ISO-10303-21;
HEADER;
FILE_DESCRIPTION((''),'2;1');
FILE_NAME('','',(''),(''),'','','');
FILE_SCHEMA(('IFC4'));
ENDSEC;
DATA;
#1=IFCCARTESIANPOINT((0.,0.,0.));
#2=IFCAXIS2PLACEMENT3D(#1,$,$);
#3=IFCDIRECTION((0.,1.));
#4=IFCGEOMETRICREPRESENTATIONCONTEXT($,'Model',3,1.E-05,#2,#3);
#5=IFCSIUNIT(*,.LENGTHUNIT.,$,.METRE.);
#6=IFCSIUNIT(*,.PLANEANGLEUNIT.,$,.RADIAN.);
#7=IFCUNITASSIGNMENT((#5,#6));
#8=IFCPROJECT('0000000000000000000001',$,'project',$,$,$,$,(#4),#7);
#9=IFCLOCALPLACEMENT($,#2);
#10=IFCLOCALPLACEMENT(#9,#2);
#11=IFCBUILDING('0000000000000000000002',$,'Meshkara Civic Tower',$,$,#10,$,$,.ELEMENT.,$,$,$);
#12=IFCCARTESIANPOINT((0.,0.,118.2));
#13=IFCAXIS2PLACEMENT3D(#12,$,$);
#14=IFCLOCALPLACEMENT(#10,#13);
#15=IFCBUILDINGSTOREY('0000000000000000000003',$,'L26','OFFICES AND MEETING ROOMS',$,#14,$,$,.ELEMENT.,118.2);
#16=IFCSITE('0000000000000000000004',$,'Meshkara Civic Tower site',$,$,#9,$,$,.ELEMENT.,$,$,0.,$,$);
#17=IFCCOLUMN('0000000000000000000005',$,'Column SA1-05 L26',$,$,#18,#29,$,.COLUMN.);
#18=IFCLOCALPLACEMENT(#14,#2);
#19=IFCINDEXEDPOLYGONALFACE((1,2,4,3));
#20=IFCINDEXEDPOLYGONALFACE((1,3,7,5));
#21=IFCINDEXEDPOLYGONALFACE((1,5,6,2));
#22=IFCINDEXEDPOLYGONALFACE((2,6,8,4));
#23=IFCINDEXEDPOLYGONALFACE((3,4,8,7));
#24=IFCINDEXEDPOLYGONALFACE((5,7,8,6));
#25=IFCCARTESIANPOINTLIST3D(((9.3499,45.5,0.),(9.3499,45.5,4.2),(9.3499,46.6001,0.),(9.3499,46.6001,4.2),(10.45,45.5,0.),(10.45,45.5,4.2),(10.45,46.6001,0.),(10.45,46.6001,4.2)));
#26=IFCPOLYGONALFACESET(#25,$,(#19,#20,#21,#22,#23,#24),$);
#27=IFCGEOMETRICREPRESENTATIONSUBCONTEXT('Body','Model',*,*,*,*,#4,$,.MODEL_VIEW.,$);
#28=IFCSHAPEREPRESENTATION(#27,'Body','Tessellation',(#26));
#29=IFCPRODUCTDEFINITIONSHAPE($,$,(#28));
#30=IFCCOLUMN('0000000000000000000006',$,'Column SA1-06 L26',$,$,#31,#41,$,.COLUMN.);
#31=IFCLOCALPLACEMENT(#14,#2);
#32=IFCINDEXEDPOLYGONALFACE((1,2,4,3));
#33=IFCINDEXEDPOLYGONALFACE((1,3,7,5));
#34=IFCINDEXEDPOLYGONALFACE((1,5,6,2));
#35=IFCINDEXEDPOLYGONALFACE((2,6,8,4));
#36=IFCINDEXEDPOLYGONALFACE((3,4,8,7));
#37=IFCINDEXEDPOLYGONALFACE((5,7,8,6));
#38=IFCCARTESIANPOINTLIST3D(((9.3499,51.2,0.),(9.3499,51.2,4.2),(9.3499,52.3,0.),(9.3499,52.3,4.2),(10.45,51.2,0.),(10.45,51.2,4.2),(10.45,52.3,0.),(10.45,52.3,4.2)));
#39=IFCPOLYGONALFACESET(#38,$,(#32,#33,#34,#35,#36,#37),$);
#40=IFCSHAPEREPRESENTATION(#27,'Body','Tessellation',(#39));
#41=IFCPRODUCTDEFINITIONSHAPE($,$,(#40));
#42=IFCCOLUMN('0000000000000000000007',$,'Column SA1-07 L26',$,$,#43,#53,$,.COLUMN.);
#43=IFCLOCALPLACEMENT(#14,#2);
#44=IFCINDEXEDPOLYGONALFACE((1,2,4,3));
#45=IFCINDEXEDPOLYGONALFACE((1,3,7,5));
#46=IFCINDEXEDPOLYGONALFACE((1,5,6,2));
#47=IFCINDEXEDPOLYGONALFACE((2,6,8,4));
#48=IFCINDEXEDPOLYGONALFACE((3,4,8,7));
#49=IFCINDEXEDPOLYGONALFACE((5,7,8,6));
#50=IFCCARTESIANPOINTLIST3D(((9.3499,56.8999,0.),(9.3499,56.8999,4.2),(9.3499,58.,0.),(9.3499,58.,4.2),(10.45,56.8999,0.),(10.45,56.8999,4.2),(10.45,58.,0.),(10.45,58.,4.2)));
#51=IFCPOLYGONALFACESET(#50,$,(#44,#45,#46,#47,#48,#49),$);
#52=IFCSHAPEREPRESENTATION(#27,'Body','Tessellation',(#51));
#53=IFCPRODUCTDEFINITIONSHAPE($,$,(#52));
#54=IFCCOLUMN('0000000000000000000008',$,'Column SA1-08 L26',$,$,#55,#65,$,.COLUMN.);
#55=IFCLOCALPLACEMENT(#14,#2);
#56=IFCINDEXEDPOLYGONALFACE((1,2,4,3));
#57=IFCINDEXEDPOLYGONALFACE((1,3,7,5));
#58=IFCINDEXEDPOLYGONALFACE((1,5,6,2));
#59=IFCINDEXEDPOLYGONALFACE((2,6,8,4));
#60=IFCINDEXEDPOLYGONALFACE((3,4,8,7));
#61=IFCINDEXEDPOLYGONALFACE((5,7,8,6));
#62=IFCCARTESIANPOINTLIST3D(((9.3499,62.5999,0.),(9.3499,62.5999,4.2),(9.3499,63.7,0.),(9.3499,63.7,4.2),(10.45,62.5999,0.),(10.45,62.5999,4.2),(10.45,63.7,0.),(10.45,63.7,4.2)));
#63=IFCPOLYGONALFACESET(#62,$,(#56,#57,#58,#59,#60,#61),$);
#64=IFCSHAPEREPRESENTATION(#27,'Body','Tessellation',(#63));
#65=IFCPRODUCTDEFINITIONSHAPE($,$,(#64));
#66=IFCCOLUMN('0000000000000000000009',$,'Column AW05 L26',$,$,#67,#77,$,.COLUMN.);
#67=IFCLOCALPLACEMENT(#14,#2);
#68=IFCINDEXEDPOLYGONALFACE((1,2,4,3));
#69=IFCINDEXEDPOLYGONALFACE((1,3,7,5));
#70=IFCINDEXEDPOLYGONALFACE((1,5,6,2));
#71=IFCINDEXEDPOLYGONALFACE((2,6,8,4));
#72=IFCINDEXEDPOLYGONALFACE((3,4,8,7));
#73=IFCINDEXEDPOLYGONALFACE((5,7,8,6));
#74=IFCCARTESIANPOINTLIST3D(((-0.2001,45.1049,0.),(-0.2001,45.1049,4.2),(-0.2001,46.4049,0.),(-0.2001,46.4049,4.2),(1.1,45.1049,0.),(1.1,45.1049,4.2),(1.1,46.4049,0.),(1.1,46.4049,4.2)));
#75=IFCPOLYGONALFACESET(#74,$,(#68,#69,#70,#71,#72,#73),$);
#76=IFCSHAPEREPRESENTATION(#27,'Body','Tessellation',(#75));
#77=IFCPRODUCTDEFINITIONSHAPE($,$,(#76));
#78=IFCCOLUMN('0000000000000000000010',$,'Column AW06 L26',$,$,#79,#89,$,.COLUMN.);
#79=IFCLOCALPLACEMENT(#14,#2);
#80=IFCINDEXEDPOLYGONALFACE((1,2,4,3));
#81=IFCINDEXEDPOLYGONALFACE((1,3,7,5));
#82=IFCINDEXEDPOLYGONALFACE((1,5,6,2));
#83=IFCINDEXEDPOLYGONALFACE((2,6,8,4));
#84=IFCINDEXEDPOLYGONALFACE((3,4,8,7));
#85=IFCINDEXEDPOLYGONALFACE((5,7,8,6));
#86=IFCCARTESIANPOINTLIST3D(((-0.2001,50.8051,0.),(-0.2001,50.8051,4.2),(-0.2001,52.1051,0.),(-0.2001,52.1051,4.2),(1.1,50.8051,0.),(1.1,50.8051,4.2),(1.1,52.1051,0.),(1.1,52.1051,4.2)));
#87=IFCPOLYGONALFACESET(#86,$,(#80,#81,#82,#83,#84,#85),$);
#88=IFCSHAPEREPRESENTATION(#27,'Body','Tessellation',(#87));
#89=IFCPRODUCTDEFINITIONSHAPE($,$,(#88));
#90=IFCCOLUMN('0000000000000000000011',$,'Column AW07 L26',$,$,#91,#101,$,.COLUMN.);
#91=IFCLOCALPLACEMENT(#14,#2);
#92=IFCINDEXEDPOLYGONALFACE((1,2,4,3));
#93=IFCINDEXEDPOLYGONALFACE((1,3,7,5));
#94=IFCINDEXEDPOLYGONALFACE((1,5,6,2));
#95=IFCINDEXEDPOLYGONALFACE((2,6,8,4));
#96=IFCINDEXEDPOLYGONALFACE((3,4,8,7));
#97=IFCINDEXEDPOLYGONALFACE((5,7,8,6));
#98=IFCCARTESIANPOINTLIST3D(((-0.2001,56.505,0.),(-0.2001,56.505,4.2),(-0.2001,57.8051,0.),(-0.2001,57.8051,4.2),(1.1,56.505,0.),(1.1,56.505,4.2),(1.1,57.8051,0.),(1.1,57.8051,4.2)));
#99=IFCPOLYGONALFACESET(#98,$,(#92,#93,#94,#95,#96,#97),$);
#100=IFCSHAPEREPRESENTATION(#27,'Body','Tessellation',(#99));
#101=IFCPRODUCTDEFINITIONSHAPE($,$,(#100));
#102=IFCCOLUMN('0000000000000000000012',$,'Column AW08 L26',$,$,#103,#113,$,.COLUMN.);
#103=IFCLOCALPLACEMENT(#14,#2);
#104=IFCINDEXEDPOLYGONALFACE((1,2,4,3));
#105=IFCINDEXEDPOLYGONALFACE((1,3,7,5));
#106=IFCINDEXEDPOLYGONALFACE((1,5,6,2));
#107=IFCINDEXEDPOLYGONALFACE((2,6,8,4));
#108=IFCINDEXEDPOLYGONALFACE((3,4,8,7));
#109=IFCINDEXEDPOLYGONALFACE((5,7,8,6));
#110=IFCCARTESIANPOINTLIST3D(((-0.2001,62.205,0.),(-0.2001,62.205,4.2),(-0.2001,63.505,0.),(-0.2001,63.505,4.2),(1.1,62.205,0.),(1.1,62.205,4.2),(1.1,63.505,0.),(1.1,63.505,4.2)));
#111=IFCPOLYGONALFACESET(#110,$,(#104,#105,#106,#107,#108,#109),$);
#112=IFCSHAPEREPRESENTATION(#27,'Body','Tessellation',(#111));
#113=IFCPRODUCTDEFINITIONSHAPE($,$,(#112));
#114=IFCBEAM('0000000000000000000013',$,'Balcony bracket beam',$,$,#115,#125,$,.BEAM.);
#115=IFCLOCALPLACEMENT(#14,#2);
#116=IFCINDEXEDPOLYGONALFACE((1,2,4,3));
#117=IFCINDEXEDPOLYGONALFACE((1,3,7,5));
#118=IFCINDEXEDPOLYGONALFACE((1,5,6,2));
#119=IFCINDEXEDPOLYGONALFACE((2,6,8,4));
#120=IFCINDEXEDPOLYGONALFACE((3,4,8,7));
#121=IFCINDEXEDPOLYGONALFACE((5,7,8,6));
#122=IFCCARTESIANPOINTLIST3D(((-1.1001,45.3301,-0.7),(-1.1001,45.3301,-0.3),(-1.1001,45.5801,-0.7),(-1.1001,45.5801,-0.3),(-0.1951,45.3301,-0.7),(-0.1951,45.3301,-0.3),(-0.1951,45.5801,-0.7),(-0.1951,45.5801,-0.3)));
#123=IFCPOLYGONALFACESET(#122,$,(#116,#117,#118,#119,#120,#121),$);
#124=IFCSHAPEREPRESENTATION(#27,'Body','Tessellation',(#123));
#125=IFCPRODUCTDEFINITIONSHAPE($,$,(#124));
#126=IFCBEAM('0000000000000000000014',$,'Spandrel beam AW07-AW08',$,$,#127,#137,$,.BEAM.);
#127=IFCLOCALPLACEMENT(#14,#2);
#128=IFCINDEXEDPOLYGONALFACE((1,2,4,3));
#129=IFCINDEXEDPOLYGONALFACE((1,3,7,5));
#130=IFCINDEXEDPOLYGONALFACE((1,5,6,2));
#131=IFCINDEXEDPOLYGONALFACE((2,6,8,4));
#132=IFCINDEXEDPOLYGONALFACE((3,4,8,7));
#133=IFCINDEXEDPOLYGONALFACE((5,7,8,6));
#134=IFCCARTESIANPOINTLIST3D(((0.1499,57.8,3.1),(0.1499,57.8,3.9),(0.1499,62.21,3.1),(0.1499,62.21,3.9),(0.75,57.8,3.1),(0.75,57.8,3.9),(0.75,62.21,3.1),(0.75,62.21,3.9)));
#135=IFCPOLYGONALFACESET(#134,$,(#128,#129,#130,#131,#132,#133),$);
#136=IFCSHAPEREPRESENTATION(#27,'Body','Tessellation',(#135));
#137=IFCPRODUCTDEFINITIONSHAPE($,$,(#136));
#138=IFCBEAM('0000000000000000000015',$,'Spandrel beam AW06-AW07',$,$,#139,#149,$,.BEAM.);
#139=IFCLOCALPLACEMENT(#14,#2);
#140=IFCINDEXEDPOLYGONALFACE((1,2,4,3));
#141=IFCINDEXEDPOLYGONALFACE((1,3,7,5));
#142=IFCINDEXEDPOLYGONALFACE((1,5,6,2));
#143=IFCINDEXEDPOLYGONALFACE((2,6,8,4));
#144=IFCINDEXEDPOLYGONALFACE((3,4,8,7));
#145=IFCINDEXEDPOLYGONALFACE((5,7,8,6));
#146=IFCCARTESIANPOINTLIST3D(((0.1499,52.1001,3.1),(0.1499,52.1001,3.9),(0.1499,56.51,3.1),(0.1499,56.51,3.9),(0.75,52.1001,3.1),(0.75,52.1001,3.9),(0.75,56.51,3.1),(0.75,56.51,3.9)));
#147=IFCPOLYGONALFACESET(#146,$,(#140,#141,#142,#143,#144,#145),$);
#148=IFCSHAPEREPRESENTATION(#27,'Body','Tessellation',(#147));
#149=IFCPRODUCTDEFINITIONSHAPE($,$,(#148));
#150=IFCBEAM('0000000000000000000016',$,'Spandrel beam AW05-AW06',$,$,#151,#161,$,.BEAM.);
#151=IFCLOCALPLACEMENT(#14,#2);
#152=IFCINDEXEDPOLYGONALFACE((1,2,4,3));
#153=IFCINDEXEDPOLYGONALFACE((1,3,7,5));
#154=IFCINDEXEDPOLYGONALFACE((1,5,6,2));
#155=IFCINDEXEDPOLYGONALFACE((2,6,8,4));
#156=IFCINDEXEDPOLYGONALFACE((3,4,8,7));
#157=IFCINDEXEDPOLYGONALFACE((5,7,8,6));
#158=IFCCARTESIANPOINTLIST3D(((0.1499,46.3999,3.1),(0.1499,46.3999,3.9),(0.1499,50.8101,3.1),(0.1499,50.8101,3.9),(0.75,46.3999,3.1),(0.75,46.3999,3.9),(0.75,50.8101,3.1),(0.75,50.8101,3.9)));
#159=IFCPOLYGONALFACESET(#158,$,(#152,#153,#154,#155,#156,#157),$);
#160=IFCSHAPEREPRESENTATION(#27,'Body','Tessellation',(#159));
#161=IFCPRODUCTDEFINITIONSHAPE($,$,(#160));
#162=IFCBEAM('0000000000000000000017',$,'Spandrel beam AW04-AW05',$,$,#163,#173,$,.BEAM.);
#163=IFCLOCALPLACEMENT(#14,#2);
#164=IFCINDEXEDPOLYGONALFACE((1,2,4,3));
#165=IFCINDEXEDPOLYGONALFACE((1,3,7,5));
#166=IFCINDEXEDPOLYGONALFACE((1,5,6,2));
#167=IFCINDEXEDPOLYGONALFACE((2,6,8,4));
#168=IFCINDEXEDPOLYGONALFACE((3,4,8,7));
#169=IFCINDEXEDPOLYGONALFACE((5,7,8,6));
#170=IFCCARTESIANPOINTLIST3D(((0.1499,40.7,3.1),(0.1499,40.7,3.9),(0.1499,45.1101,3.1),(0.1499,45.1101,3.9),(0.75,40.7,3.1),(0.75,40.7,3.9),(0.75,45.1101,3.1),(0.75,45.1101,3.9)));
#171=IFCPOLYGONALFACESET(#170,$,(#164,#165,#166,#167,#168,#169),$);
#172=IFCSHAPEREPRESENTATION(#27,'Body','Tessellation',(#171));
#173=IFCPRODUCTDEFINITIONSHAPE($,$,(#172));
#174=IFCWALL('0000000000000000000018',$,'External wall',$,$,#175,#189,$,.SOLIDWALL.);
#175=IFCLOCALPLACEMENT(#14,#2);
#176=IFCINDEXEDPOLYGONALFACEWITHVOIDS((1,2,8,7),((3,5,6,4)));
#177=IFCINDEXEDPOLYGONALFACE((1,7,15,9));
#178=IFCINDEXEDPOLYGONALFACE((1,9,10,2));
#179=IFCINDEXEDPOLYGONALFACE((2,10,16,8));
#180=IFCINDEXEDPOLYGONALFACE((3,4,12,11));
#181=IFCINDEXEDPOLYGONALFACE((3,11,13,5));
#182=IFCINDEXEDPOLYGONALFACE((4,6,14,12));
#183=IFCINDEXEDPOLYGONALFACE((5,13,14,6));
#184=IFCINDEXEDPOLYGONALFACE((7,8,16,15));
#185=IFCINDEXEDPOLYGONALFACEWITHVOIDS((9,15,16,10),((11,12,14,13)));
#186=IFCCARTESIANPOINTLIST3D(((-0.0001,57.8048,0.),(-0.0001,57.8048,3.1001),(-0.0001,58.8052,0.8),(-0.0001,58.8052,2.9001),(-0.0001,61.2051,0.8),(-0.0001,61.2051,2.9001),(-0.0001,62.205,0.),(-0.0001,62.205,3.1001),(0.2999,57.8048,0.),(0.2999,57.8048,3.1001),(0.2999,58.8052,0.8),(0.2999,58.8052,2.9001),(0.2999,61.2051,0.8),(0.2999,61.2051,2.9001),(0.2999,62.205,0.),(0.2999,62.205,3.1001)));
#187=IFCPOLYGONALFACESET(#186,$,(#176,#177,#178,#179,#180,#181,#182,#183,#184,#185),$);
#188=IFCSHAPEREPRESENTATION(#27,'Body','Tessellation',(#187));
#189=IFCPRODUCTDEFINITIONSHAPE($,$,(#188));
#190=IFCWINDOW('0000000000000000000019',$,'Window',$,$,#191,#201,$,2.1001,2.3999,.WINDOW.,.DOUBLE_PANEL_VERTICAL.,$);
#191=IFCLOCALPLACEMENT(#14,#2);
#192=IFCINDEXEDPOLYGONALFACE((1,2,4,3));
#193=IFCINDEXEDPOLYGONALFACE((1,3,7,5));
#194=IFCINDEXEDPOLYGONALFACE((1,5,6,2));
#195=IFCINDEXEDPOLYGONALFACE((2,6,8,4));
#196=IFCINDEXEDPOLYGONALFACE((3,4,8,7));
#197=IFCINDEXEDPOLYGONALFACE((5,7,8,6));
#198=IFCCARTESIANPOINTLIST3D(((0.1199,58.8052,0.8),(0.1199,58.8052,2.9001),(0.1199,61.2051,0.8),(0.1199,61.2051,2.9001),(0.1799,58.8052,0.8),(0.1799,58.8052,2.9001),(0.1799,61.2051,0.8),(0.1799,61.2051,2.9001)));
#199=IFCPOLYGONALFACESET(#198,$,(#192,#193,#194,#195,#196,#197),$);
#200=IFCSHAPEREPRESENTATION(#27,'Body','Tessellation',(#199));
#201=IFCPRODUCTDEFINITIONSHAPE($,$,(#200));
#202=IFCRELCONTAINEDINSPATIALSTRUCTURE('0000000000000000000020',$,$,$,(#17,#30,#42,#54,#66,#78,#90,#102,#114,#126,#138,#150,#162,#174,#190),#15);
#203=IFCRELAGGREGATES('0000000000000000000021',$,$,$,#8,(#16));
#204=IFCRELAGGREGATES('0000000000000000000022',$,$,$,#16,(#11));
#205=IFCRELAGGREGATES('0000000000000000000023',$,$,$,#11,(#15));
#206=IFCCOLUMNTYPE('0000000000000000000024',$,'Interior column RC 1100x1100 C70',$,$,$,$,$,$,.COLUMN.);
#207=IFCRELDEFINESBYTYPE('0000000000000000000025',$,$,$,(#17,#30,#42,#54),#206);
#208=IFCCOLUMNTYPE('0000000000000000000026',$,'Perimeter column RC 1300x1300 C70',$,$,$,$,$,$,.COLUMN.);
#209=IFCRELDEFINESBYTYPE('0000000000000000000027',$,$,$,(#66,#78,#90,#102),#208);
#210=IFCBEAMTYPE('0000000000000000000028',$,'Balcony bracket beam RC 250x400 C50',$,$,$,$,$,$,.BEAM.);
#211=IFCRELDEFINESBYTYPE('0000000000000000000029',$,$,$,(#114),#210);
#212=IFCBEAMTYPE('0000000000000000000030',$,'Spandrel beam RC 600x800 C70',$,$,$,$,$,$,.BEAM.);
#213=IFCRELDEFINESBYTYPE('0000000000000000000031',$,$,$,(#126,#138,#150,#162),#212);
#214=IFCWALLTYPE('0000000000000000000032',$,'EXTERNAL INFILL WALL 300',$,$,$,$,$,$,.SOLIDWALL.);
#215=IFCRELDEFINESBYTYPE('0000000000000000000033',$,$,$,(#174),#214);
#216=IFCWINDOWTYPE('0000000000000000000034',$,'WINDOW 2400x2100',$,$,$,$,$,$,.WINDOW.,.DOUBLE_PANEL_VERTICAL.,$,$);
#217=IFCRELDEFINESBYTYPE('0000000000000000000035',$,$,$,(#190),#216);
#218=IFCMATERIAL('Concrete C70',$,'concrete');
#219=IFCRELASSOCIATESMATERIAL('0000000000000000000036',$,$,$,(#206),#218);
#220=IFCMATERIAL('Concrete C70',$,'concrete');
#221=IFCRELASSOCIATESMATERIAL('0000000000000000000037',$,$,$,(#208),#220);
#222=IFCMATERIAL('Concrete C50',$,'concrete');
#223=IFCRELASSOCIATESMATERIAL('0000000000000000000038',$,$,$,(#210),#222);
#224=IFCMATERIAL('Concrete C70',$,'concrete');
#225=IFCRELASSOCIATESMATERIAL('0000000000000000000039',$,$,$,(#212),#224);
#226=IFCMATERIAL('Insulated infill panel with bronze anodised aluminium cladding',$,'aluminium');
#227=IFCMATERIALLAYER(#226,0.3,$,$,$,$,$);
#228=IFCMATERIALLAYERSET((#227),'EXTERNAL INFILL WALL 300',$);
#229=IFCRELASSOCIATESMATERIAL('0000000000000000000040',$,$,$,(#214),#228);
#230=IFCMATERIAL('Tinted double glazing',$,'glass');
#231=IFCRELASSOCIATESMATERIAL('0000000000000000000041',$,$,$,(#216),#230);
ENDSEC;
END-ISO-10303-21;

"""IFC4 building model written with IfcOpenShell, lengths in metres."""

from ifc_helpers import new_model, si_unit, direction, frame, frame_2d, origin, origin_2d, place, context, subcontext, project, spatial, rectangle, extrude, material, layer, layer_set, material_profile, profile_set, type_object, element, fill, save


model = new_model("IFC4")

# Units and contexts
model_context = context("Model", 3, precision=1e-05, world=origin(), true_north=direction((0.0, 1.0)))
body_context = subcontext(model_context, "Body", "Model", "MODEL_VIEW")
ifc_project = project(units=[si_unit("LENGTHUNIT", "METRE"), si_unit("PLANEANGLEUNIT", "RADIAN")], contexts=[model_context])

# Site, building, storey
site_placement = place(None, origin())
site = spatial("IfcSite", under=ifc_project, at=site_placement, Name="Meshkara Civic Tower site", CompositionType="ELEMENT", RefElevation=0.0)
building_placement = place(site_placement, origin())
building = spatial("IfcBuilding", under=site, at=building_placement, Name="Meshkara Civic Tower", CompositionType="ELEMENT")
storey_placement = place(building_placement, frame((0.0, 0.0, 118.2)))
storey = spatial("IfcBuildingStorey", under=building, at=storey_placement, Name="L26", Description="OFFICES AND MEETING ROOMS", CompositionType="ELEMENT", Elevation=118.2)

# Columns
ifc_material_1 = material(Name="Concrete C70", Category="concrete")
ifc_material_profile_1 = material_profile(ifc_material_1, rectangle(XDim=1.1001, YDim=1.1001, at=origin_2d()))
ifc_profile_set_1 = profile_set([ifc_material_profile_1], Name="Concrete C70")
column_type_1 = type_object("IfcColumnType", Name="Interior column RC 1100x1100 C70", PredefinedType="COLUMN", material=ifc_profile_set_1)
for number, where, z_axis, x_axis, name in (
    (1, (9.8999, 46.05, 0.0), (0.0, 0.0, 1.0), (1.0, 0.0, 0.0), "Column SA1-05 L26"),
    (2, (9.8999, 51.75, 0.0), (0.0, 0.0, 1.0), (1.0, 0.0, 0.0), "Column SA1-06 L26"),
    (3, (9.8999, 57.45, 0.0), (0.0, 0.0, 1.0), (1.0, 0.0, 0.0), "Column SA1-07 L26"),
    (4, (9.8999, 63.1499, 0.0), (0.0, 0.0, 1.0), (1.0, 0.0, 0.0), "Column SA1-08 L26"),
):
    element("IfcColumn", number, at=place(storey_placement, frame(where, z_axis=z_axis, x_axis=x_axis)), inside=storey, type_object=column_type_1, Name=name, PredefinedType="COLUMN", context=body_context, shape_type="SweptSolid", body=[
        extrude(rectangle(XDim=1.1001, YDim=1.1001, at=origin_2d()), origin(), (0.0, 0.0, 1.0), 4.2),
    ])
ifc_material_2 = material(Name="Concrete C70", Category="concrete")
ifc_material_profile_2 = material_profile(ifc_material_2, rectangle(XDim=1.3, YDim=1.3, at=origin_2d()))
ifc_profile_set_2 = profile_set([ifc_material_profile_2], Name="Concrete C70")
column_type_2 = type_object("IfcColumnType", Name="Perimeter column RC 1300x1300 C70", PredefinedType="COLUMN", material=ifc_profile_set_2)
for number, where, z_axis, x_axis, name in (
    (5, (0.45, 45.7549, 0.0), (0.0, 0.0, 1.0), (1.0, 0.0, 0.0), "Column AW05 L26"),
    (6, (0.45, 51.4551, 0.0), (0.0, 0.0, 1.0), (1.0, 0.0, 0.0), "Column AW06 L26"),
    (7, (0.45, 57.155, 0.0), (0.0, 0.0, 1.0), (1.0, 0.0, 0.0), "Column AW07 L26"),
    (8, (0.45, 62.855, 0.0), (0.0, 0.0, 1.0), (1.0, 0.0, 0.0), "Column AW08 L26"),
):
    element("IfcColumn", number, at=place(storey_placement, frame(where, z_axis=z_axis, x_axis=x_axis)), inside=storey, type_object=column_type_2, Name=name, PredefinedType="COLUMN", context=body_context, shape_type="SweptSolid", body=[
        extrude(rectangle(XDim=1.3, YDim=1.3, at=origin_2d()), origin(), (0.0, 0.0, 1.0), 4.2),
    ])

# Beams
ifc_material_3 = material(Name="Concrete C50", Category="concrete")
ifc_material_profile_3 = material_profile(ifc_material_3, rectangle(XDim=0.25, YDim=0.3999, at=origin_2d()))
ifc_profile_set_3 = profile_set([ifc_material_profile_3], Name="Concrete C50")
beam_type_1 = type_object("IfcBeamType", Name="Balcony bracket beam RC 250x400 C50", PredefinedType="BEAM", material=ifc_profile_set_3)
beam_placement = place(storey_placement, frame((-0.1951, 45.4551, -0.5), z_axis=(-1.0, 0.0, 0.0), x_axis=(0.0, -1.0, 0.0)))
element("IfcBeam", 9, at=beam_placement, inside=storey, type_object=beam_type_1, Name="Balcony bracket beam", PredefinedType="BEAM", context=body_context, shape_type="SweptSolid", body=[
    extrude(rectangle(XDim=0.25, YDim=0.3999, at=origin_2d()), origin(), (0.0, 0.0, 1.0), 0.905),
])
ifc_material_4 = material(Name="Concrete C70", Category="concrete")
ifc_material_profile_4 = material_profile(ifc_material_4, rectangle(XDim=0.6001, YDim=0.8, at=origin_2d()))
ifc_profile_set_4 = profile_set([ifc_material_profile_4], Name="Concrete C70")
beam_type_2 = type_object("IfcBeamType", Name="Spandrel beam RC 600x800 C70", PredefinedType="BEAM", material=ifc_profile_set_4)
for number, where, z_axis, x_axis, name in (
    (10, (0.45, 62.21, 3.5), (0.0, -1.0, 0.0), (1.0, 0.0, 0.0), "Spandrel beam AW07-AW08"),
    (11, (0.45, 56.51, 3.5), (0.0, -1.0, 0.0), (1.0, 0.0, 0.0), "Spandrel beam AW06-AW07"),
):
    element("IfcBeam", number, at=place(storey_placement, frame(where, z_axis=z_axis, x_axis=x_axis)), inside=storey, type_object=beam_type_2, Name=name, PredefinedType="BEAM", context=body_context, shape_type="SweptSolid", body=[
        extrude(rectangle(XDim=0.6001, YDim=0.8, at=origin_2d()), origin(), (0.0, 0.0, 1.0), 4.4099),
    ])
for number, where, z_axis, x_axis, name in (
    (12, (0.45, 50.8101, 3.5), (0.0, -1.0, 0.0), (1.0, 0.0, 0.0), "Spandrel beam AW05-AW06"),
    (13, (0.45, 45.1101, 3.5), (0.0, -1.0, 0.0), (1.0, 0.0, 0.0), "Spandrel beam AW04-AW05"),
):
    element("IfcBeam", number, at=place(storey_placement, frame(where, z_axis=z_axis, x_axis=x_axis)), inside=storey, type_object=beam_type_2, Name=name, PredefinedType="BEAM", context=body_context, shape_type="SweptSolid", body=[
        extrude(rectangle(XDim=0.6001, YDim=0.8, at=origin_2d()), origin(), (0.0, 0.0, 1.0), 4.4102),
    ])

# Wall, opening, window
ifc_material_5 = material(Name="Insulated infill panel with bronze anodised aluminium cladding", Category="aluminium")
ifc_layer_1 = layer(ifc_material_5, 0.3)
ifc_layer_set_1 = layer_set([ifc_layer_1], Name="EXTERNAL INFILL WALL 300")
wall_type_1 = type_object("IfcWallType", Name="EXTERNAL INFILL WALL 300", PredefinedType="SOLIDWALL", material=ifc_layer_set_1)
wall_1_placement = place(storey_placement, frame((0.1499, 62.2051, 0.0), z_axis=(0.0, 0.0, 1.0), x_axis=(0.0, -1.0, 0.0)))
wall_1 = element("IfcWall", 14, at=wall_1_placement, inside=storey, type_object=wall_type_1, Name="External wall", PredefinedType="SOLIDWALL", context=body_context, shape_type="SweptSolid", body=[
    extrude(rectangle(XDim=4.4001, YDim=0.3, at=frame_2d((2.2002, 0.0))), origin(), (0.0, 0.0, 1.0), 3.1001),
])
opening_1_placement = place(wall_1_placement, frame((1.0, 0.0, 0.8)))
opening_1 = element("IfcOpeningElement", 15, at=opening_1_placement, cuts=wall_1, PredefinedType="OPENING", context=body_context, shape_type="SweptSolid", body=[
    extrude(rectangle(XDim=2.3999, YDim=2.1001, at=frame_2d((1.2, 1.05))), frame((0.0, 0.1599, 0.0), z_axis=(0.0, -1.0, 0.0), x_axis=(1.0, 0.0, 0.0)), (0.0, 0.0, 1.0), 0.3201),
])
ifc_material_6 = material(Name="Tinted double glazing", Category="glass")
window_type = type_object("IfcWindowType", Name="WINDOW 2400x2100", PartitioningType="DOUBLE_PANEL_VERTICAL", PredefinedType="WINDOW", material=ifc_material_6)
window_1_placement = place(opening_1_placement, origin())
window_1 = element("IfcWindow", 16, at=window_1_placement, inside=storey, type_object=window_type, Name="Window", OverallHeight=2.1001, OverallWidth=2.3999, PartitioningType="DOUBLE_PANEL_VERTICAL", PredefinedType="WINDOW", context=body_context, shape_type="SweptSolid", body=[
    extrude(rectangle(XDim=2.3999, YDim=2.1001, at=frame_2d((1.2, 1.05))), frame((0.0, 0.03, 0.0), z_axis=(0.0, -1.0, 0.0), x_axis=(1.0, 0.0, 0.0)), (0.0, 0.0, 1.0), 0.0601),
])
fill(opening_1, window_1)

save(model, "model.ifc")
